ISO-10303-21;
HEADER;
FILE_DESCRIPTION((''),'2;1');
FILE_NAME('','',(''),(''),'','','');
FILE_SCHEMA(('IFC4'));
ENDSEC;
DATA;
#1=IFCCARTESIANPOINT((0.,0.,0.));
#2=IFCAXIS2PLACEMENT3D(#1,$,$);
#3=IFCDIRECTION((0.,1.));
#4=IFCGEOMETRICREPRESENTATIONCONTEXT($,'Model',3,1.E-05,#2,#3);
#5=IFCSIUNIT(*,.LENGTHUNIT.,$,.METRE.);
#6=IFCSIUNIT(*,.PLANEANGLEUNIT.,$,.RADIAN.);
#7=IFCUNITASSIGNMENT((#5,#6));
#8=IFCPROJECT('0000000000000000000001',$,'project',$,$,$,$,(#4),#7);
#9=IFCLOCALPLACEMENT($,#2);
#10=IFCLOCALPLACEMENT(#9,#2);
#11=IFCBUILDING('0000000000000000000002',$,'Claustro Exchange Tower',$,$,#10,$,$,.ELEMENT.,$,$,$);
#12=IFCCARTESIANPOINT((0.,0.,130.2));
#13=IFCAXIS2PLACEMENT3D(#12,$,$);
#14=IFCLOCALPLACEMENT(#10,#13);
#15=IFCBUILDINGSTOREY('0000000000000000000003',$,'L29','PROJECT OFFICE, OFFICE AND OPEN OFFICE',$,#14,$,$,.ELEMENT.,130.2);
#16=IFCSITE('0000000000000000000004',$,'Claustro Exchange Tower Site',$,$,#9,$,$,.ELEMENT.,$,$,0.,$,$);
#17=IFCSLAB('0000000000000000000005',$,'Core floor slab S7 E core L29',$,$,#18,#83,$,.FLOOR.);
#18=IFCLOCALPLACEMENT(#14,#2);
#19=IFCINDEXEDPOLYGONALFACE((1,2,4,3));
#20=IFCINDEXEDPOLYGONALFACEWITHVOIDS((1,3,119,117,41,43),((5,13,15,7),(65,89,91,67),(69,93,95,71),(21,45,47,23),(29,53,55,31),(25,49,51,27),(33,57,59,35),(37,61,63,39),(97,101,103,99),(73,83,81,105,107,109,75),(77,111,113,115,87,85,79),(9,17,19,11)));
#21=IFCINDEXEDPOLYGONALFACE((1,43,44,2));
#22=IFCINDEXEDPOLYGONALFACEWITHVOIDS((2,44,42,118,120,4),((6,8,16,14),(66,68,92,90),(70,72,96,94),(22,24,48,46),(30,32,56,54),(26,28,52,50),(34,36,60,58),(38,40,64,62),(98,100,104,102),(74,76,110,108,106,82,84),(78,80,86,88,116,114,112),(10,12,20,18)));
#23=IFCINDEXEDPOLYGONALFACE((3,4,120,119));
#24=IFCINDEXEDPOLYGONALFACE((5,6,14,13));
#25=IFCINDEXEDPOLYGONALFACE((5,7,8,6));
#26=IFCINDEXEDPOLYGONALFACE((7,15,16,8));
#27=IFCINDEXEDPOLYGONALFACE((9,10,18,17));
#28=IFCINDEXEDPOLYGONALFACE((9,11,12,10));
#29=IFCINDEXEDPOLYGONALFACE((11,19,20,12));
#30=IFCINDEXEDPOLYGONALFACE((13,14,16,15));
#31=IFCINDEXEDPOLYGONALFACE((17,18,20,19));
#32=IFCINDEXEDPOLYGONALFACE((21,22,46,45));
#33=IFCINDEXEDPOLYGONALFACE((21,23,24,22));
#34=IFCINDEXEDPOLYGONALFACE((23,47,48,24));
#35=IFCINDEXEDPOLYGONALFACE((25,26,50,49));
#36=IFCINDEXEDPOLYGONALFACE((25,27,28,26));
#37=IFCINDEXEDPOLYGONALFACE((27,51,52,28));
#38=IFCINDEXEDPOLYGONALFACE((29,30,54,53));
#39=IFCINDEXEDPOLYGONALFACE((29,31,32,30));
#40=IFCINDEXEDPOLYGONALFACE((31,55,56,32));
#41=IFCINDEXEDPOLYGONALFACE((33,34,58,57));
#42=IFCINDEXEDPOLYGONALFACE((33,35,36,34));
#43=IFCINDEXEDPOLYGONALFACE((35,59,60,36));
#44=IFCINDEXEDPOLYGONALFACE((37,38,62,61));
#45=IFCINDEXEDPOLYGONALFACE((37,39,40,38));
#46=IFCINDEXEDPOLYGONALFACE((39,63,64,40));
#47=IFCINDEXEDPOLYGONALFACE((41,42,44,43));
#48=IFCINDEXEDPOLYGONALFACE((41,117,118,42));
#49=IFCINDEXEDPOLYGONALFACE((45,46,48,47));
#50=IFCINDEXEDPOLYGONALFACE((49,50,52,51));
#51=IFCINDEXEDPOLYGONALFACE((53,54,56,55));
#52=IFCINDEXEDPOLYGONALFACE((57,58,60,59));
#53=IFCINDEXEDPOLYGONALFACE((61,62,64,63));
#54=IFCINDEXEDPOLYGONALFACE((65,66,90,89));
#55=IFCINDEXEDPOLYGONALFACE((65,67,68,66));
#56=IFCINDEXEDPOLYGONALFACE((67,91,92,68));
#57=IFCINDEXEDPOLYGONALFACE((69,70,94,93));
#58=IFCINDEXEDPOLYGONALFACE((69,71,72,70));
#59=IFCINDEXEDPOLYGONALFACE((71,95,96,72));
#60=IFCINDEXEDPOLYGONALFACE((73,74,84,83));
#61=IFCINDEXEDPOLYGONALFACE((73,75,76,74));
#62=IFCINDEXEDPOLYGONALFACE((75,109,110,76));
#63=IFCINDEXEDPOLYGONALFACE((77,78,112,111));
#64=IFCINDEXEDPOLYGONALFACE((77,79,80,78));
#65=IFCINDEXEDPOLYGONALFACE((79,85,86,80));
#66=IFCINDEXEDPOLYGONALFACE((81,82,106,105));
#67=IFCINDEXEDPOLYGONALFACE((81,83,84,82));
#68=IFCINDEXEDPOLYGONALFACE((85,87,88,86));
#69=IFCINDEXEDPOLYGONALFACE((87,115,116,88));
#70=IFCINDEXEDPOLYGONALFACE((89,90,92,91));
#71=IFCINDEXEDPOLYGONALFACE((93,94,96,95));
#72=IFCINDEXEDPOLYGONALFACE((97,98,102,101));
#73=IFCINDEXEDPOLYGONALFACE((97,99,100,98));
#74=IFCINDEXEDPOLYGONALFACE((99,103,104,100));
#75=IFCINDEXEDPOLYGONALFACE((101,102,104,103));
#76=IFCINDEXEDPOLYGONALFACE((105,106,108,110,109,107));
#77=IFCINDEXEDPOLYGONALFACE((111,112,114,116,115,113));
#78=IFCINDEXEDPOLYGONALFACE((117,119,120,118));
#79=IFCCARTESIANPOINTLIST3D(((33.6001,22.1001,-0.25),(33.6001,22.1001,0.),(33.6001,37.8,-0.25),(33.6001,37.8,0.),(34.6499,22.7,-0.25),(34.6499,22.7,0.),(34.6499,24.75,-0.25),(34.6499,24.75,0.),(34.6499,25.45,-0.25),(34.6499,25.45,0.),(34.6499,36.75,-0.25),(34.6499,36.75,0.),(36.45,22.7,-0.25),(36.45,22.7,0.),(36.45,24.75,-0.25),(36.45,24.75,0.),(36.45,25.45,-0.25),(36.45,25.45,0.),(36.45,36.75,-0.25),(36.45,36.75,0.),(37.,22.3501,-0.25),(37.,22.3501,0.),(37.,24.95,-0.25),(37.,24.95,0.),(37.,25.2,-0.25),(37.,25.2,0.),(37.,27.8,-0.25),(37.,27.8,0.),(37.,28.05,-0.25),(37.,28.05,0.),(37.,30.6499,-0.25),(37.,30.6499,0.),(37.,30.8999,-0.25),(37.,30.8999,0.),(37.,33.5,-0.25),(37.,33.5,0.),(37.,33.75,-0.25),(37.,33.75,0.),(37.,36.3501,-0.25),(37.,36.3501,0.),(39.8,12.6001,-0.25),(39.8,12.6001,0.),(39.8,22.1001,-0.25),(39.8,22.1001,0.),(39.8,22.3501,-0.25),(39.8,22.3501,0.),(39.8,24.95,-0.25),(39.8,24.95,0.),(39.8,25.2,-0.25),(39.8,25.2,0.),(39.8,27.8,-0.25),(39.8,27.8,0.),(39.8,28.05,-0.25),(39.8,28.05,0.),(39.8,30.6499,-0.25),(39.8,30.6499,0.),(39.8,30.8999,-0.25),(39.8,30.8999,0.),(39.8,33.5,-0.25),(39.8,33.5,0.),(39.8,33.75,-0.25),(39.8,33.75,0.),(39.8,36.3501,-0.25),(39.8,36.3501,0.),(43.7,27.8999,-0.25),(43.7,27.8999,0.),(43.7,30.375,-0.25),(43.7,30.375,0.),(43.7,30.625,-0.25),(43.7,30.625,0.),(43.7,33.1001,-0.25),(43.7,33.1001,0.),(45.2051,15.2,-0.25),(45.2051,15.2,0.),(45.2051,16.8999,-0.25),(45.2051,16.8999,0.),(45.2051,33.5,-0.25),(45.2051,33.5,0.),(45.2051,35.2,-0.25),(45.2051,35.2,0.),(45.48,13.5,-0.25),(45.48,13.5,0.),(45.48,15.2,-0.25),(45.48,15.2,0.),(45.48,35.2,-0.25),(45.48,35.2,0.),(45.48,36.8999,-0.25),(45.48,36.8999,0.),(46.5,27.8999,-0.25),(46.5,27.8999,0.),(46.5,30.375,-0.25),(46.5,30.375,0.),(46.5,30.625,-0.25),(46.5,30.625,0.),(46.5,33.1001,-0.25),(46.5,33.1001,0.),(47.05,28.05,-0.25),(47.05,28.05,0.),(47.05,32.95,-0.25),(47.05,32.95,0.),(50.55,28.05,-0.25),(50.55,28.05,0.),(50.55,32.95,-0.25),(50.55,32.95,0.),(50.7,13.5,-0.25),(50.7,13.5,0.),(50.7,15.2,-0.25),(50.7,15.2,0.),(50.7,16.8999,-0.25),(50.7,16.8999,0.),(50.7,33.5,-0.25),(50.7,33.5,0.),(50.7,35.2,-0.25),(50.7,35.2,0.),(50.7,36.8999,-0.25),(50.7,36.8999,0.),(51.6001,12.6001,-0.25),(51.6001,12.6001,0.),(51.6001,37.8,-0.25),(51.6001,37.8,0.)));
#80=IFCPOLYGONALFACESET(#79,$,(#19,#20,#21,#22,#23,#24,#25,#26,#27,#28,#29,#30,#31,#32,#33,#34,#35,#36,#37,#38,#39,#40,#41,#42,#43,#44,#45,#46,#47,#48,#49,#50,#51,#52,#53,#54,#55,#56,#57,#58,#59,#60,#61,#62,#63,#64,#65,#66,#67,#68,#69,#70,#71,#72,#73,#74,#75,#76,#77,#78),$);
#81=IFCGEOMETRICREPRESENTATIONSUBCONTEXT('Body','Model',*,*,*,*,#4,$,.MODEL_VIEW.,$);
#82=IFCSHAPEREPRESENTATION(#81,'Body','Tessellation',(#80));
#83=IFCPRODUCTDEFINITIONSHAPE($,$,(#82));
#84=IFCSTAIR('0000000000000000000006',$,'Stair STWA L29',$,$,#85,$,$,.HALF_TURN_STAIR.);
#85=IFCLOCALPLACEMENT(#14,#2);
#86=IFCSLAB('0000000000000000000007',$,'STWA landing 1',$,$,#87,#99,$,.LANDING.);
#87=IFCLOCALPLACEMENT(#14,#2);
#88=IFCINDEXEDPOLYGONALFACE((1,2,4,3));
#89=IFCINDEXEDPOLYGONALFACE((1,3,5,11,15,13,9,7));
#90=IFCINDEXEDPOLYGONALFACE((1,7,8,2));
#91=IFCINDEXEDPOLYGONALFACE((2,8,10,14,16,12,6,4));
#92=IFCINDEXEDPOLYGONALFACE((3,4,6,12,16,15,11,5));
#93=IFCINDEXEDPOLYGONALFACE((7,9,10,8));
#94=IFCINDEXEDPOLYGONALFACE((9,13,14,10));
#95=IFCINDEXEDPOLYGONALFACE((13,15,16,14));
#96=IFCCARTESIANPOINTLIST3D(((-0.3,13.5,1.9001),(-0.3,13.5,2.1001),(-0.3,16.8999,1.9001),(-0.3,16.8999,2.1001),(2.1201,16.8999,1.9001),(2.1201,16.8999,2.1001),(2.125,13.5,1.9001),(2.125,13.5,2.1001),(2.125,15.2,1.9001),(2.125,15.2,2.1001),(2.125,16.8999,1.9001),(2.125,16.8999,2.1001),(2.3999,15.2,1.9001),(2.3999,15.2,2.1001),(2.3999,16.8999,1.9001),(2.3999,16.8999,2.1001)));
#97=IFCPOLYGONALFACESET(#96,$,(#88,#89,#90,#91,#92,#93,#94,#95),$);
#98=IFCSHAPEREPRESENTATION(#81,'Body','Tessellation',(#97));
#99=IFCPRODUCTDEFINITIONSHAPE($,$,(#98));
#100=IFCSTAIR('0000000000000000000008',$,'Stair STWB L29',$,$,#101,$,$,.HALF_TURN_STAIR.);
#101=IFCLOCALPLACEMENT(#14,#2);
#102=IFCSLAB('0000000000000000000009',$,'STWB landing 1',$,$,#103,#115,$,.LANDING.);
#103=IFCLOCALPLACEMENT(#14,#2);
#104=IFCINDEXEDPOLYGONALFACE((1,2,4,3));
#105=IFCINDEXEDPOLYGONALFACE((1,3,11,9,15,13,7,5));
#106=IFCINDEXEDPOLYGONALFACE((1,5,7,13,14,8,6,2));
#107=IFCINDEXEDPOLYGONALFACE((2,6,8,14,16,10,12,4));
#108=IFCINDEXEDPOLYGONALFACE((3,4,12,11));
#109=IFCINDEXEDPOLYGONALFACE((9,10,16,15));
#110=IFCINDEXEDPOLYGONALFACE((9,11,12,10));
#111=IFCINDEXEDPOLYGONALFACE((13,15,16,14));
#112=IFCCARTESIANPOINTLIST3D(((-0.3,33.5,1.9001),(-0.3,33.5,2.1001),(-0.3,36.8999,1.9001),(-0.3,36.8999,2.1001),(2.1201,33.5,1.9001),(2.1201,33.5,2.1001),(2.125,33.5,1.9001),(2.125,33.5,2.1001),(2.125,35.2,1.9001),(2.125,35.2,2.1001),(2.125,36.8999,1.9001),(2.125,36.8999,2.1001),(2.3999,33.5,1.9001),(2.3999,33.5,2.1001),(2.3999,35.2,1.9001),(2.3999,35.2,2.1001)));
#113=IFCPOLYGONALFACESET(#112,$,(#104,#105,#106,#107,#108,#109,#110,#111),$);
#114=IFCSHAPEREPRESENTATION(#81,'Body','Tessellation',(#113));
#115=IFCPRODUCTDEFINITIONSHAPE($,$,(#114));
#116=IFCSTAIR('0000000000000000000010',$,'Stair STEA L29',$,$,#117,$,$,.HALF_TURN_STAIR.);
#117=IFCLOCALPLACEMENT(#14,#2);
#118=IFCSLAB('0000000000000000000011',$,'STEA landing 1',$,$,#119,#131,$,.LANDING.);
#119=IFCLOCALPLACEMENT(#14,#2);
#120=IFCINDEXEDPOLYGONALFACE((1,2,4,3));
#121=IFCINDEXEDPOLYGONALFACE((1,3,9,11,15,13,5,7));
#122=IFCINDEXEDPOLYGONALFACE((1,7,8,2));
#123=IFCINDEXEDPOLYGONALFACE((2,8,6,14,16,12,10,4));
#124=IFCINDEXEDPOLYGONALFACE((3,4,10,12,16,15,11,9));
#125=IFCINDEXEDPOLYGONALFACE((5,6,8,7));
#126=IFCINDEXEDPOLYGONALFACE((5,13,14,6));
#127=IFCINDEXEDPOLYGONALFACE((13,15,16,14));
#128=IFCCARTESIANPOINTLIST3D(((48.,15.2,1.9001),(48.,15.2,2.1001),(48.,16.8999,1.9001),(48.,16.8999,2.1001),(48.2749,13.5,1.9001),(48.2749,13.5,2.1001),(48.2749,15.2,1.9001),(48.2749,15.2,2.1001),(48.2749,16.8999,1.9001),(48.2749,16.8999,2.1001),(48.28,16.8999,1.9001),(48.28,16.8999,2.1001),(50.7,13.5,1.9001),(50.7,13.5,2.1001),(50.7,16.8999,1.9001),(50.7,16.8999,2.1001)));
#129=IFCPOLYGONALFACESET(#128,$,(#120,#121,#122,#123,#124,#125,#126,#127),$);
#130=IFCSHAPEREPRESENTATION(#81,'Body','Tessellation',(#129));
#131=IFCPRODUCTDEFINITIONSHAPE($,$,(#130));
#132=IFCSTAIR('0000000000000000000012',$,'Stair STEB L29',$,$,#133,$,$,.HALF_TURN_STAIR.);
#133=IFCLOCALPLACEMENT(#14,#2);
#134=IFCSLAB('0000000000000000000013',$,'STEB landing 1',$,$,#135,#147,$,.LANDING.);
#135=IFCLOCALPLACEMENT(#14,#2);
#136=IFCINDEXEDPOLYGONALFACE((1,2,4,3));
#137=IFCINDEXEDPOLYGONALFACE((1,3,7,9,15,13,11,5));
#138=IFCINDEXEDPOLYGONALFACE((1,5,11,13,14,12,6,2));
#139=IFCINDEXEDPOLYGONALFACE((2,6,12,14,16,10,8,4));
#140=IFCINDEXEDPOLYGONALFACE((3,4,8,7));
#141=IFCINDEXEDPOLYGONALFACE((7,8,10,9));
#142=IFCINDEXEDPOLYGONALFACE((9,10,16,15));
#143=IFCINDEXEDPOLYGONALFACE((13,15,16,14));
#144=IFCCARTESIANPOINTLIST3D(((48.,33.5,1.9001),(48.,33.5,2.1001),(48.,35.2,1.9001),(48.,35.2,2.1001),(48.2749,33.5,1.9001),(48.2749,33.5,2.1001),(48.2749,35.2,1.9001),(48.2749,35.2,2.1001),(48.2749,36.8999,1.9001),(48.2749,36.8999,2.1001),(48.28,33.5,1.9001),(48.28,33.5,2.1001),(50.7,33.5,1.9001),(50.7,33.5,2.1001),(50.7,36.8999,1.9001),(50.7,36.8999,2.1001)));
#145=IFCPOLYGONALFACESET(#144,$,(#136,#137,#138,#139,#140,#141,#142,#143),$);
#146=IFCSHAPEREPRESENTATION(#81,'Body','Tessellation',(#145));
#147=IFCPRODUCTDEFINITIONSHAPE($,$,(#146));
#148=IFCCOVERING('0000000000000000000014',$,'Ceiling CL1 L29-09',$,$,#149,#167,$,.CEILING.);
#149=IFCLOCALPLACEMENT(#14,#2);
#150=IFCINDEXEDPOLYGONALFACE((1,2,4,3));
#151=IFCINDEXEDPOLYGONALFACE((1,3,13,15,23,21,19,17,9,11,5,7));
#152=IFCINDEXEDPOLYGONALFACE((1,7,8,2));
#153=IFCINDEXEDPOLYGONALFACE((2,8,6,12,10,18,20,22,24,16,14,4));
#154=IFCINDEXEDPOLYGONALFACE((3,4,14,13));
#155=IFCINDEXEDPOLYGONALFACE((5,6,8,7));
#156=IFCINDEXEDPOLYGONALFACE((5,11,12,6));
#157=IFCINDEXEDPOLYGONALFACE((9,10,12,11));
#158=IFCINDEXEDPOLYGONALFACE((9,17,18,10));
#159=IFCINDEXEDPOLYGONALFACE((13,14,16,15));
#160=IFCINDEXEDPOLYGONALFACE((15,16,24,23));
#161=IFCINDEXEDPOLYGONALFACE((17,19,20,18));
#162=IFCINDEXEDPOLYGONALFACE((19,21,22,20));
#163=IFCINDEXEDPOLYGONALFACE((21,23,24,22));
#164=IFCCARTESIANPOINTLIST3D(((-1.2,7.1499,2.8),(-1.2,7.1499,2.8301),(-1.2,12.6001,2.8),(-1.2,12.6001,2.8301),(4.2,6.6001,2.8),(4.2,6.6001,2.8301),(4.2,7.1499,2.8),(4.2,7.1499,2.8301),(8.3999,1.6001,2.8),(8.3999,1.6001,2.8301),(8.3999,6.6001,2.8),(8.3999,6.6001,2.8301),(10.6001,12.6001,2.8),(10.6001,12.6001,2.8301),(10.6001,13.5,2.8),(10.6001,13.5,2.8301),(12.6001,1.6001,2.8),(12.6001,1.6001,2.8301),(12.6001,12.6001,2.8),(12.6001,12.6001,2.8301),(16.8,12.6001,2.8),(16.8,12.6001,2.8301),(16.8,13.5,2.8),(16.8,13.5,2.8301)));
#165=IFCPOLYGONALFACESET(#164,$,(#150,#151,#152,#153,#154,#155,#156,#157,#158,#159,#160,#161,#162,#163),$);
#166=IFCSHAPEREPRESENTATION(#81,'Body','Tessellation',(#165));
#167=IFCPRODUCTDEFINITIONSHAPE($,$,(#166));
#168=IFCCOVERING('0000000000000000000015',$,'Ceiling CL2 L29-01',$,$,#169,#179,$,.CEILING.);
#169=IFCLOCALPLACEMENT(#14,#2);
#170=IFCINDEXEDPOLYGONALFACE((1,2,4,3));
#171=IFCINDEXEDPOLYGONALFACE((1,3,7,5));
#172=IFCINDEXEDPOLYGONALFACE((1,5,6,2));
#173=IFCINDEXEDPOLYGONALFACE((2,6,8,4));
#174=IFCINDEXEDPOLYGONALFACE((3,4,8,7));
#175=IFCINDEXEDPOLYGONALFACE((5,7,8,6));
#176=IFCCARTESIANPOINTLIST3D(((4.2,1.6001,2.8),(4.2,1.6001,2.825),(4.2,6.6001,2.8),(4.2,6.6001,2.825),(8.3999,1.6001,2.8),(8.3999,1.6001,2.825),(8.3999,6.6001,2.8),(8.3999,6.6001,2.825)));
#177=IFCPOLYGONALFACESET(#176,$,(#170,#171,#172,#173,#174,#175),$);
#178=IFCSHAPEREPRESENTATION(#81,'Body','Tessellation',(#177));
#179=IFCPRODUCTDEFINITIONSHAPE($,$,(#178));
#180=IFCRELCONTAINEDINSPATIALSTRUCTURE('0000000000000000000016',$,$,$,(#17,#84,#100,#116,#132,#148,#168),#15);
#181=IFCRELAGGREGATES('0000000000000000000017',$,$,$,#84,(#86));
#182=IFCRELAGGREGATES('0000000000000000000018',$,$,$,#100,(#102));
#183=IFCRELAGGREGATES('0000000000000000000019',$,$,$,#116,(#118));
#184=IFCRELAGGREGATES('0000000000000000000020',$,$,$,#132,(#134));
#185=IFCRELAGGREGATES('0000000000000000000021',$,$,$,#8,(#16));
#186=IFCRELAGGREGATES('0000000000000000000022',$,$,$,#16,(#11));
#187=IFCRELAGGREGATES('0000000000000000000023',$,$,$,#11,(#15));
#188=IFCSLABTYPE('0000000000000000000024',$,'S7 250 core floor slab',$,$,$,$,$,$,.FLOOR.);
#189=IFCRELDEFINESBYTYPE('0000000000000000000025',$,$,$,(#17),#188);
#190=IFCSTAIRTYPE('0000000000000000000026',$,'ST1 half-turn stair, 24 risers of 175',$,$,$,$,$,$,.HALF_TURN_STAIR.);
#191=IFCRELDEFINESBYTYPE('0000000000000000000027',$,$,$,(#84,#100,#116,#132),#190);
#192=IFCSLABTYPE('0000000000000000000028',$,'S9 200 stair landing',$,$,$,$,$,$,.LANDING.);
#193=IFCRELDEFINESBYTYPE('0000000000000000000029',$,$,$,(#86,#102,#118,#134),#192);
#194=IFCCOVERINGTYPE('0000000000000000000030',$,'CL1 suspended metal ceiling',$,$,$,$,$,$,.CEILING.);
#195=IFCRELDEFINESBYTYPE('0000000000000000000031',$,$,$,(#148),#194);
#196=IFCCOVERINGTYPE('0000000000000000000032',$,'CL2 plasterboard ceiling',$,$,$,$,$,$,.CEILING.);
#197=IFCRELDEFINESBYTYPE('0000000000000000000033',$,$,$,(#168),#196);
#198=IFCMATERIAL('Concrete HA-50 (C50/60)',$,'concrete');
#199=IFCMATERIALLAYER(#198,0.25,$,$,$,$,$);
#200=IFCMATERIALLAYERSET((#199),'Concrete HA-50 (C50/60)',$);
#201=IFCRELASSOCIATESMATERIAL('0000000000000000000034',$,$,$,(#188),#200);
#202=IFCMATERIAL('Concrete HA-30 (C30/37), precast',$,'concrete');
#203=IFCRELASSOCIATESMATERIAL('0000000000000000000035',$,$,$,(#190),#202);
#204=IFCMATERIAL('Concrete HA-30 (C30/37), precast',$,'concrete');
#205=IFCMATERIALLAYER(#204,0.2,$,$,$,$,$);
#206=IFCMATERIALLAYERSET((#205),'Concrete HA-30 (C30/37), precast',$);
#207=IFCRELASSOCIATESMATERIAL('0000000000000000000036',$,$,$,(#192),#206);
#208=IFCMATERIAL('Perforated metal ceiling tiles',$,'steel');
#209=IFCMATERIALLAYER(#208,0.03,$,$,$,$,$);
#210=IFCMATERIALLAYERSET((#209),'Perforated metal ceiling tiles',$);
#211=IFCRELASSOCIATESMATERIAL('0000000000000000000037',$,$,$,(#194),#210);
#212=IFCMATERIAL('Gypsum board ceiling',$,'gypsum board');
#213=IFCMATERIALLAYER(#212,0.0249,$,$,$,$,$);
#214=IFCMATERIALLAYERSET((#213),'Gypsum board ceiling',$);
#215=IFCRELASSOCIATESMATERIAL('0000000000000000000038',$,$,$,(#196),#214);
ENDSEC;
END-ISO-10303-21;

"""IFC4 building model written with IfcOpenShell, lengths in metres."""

from ifc_helpers import new_model, si_unit, direction, frame, origin, place, context, subcontext, project, spatial, polyline, outline, extrude, material, layer, layer_set, type_object, element, aggregate, save


model = new_model("IFC4")

# Units and contexts
model_context = context("Model", 3, precision=1e-05, world=origin(), true_north=direction((0.0, 1.0)))
body_context = subcontext(model_context, "Body", "Model", "MODEL_VIEW")
ifc_project = project(units=[si_unit("LENGTHUNIT", "METRE"), si_unit("PLANEANGLEUNIT", "RADIAN")], contexts=[model_context])

# Site, building, storey
site_placement = place(None, origin())
site = spatial("IfcSite", under=ifc_project, at=site_placement, Name="Claustro Exchange Tower Site", CompositionType="ELEMENT", RefElevation=0.0)
building_placement = place(site_placement, origin())
building = spatial("IfcBuilding", under=site, at=building_placement, Name="Claustro Exchange Tower", CompositionType="ELEMENT")
storey_placement = place(building_placement, frame((0.0, 0.0, 130.2)))
storey = spatial("IfcBuildingStorey", under=building, at=storey_placement, Name="L29", Description="PROJECT OFFICE, OFFICE AND OPEN OFFICE", CompositionType="ELEMENT", Elevation=130.2)

# Slab
ifc_material_1 = material(Name="Concrete HA-50 (C50/60)", Category="concrete")
ifc_layer_1 = layer(ifc_material_1, 0.25)
ifc_layer_set_1 = layer_set([ifc_layer_1], Name="Concrete HA-50 (C50/60)")
slab_type_1 = type_object("IfcSlabType", Name="S7 250 core floor slab", PredefinedType="FLOOR", material=ifc_layer_set_1)
slab_1_placement = place(storey_placement, frame((0.0, 0.0, -0.25)))
element("IfcSlab", 1, at=slab_1_placement, inside=storey, type_object=slab_type_1, Name="Core floor slab S7 E core L29", PredefinedType="FLOOR", context=body_context, shape_type="SweptSolid", body=[
    extrude(outline(polyline([(51.6001, 37.8), (33.6001, 37.8), (33.6001, 22.1001), (39.8, 22.1001), (39.8, 12.6001), (51.6001, 12.6001), (51.6001, 37.8)]), holes=[polyline([(45.48, 15.2), (45.2051, 15.2), (45.2051, 16.8999), (50.7, 16.8999), (50.7, 15.2), (50.7, 13.5), (45.48, 13.5), (45.48, 15.2)]), polyline([(45.48, 35.2), (45.48, 36.8999), (50.7, 36.8999), (50.7, 35.2), (50.7, 33.5), (45.2051, 33.5), (45.2051, 35.2), (45.48, 35.2)]), polyline([(50.55, 32.95), (50.55, 28.05), (47.05, 28.05), (47.05, 32.95), (50.55, 32.95)]), polyline([(43.7, 33.1001), (46.5, 33.1001), (46.5, 30.625), (43.7, 30.625), (43.7, 33.1001)]), polyline([(46.5, 30.375), (46.5, 27.8999), (43.7, 27.8999), (43.7, 30.375), (46.5, 30.375)]), polyline([(37.0, 24.95), (39.8, 24.95), (39.8, 22.3501), (37.0, 22.3501), (37.0, 24.95)]), polyline([(37.0, 30.6499), (39.8, 30.6499), (39.8, 28.05), (37.0, 28.05), (37.0, 30.6499)]), polyline([(39.8, 27.8), (39.8, 25.2), (37.0, 25.2), (37.0, 27.8), (39.8, 27.8)]), polyline([(39.8, 33.5), (39.8, 30.8999), (37.0, 30.8999), (37.0, 33.5), (39.8, 33.5)]), polyline([(39.8, 36.3501), (39.8, 33.75), (37.0, 33.75), (37.0, 36.3501), (39.8, 36.3501)]), polyline([(36.45, 24.75), (36.45, 22.7), (34.6499, 22.7), (34.6499, 24.75), (36.45, 24.75)]), polyline([(36.45, 36.75), (36.45, 25.45), (34.6499, 25.45), (34.6499, 36.75), (36.45, 36.75)])]), origin(), (0.0, 0.0, 1.0), 0.25),
])

# Stairs, slabs
ifc_material_2 = material(Name="Concrete HA-30 (C30/37), precast", Category="concrete")
stair_type = type_object("IfcStairType", Name="ST1 half-turn stair, 24 risers of 175", PredefinedType="HALF_TURN_STAIR", material=ifc_material_2)
stair_1_placement = place(storey_placement, origin())
stair_1 = element("IfcStair", 2, at=stair_1_placement, inside=storey, type_object=stair_type, Name="Stair STWA L29", PredefinedType="HALF_TURN_STAIR")
ifc_material_3 = material(Name="Concrete HA-30 (C30/37), precast", Category="concrete")
ifc_layer_2 = layer(ifc_material_3, 0.2)
ifc_layer_set_2 = layer_set([ifc_layer_2], Name="Concrete HA-30 (C30/37), precast")
slab_type_2 = type_object("IfcSlabType", Name="S9 200 stair landing", PredefinedType="LANDING", material=ifc_layer_set_2)
slab_2_placement = place(storey_placement, frame((0.0, 0.0, 1.9001)))
slab_2 = element("IfcSlab", 3, at=slab_2_placement, type_object=slab_type_2, Name="STWA landing 1", PredefinedType="LANDING", context=body_context, shape_type="SweptSolid", body=[
    extrude(outline(polyline([(2.125, 13.5), (-0.3, 13.5), (-0.3, 16.8999), (2.1201, 16.8999), (2.125, 16.8999), (2.3999, 16.8999), (2.3999, 15.2), (2.125, 15.2), (2.125, 13.5)])), origin(), (0.0, 0.0, 1.0), 0.2),
])
aggregate(stair_1, [slab_2])
stair_2_placement = place(storey_placement, origin())
stair_2 = element("IfcStair", 4, at=stair_2_placement, inside=storey, type_object=stair_type, Name="Stair STWB L29", PredefinedType="HALF_TURN_STAIR")
slab_3_placement = place(storey_placement, frame((0.0, 0.0, 1.9001)))
slab_3 = element("IfcSlab", 5, at=slab_3_placement, type_object=slab_type_2, Name="STWB landing 1", PredefinedType="LANDING", context=body_context, shape_type="SweptSolid", body=[
    extrude(outline(polyline([(2.3999, 35.2), (2.3999, 33.5), (2.125, 33.5), (2.1201, 33.5), (-0.3, 33.5), (-0.3, 36.8999), (2.125, 36.8999), (2.125, 35.2), (2.3999, 35.2)])), origin(), (0.0, 0.0, 1.0), 0.2),
])
aggregate(stair_2, [slab_3])
stair_3_placement = place(storey_placement, origin())
stair_3 = element("IfcStair", 6, at=stair_3_placement, inside=storey, type_object=stair_type, Name="Stair STEA L29", PredefinedType="HALF_TURN_STAIR")
slab_4_placement = place(storey_placement, frame((0.0, 0.0, 1.9001)))
slab_4 = element("IfcSlab", 7, at=slab_4_placement, type_object=slab_type_2, Name="STEA landing 1", PredefinedType="LANDING", context=body_context, shape_type="SweptSolid", body=[
    extrude(outline(polyline([(50.7, 16.8999), (50.7, 13.5), (48.2749, 13.5), (48.2749, 15.2), (48.0, 15.2), (48.0, 16.8999), (48.2749, 16.8999), (48.28, 16.8999), (50.7, 16.8999)])), origin(), (0.0, 0.0, 1.0), 0.2),
])
aggregate(stair_3, [slab_4])
stair_4_placement = place(storey_placement, origin())
stair_4 = element("IfcStair", 8, at=stair_4_placement, inside=storey, type_object=stair_type, Name="Stair STEB L29", PredefinedType="HALF_TURN_STAIR")
slab_5_placement = place(storey_placement, frame((0.0, 0.0, 1.9001)))
slab_5 = element("IfcSlab", 9, at=slab_5_placement, type_object=slab_type_2, Name="STEB landing 1", PredefinedType="LANDING", context=body_context, shape_type="SweptSolid", body=[
    extrude(outline(polyline([(48.0, 33.5), (48.0, 35.2), (48.2749, 35.2), (48.2749, 36.8999), (50.7, 36.8999), (50.7, 33.5), (48.28, 33.5), (48.2749, 33.5), (48.0, 33.5)])), origin(), (0.0, 0.0, 1.0), 0.2),
])
aggregate(stair_4, [slab_5])

# Coverings
ifc_material_4 = material(Name="Perforated metal ceiling tiles", Category="steel")
ifc_layer_3 = layer(ifc_material_4, 0.03)
ifc_layer_set_3 = layer_set([ifc_layer_3], Name="Perforated metal ceiling tiles")
covering_type_1 = type_object("IfcCoveringType", Name="CL1 suspended metal ceiling", PredefinedType="CEILING", material=ifc_layer_set_3)
covering_1_placement = place(storey_placement, frame((0.0, 0.0, 2.8)))
element("IfcCovering", 10, at=covering_1_placement, inside=storey, type_object=covering_type_1, Name="Ceiling CL1 L29-09", PredefinedType="CEILING", context=body_context, shape_type="SweptSolid", body=[
    extrude(outline(polyline([(10.6001, 12.6001), (-1.2, 12.6001), (-1.2, 7.1499), (4.2, 7.1499), (4.2, 6.6001), (8.3999, 6.6001), (8.3999, 1.6001), (12.6001, 1.6001), (12.6001, 12.6001), (16.8, 12.6001), (16.8, 13.5), (10.6001, 13.5), (10.6001, 12.6001)])), origin(), (0.0, 0.0, 1.0), 0.03),
])
ifc_material_5 = material(Name="Gypsum board ceiling", Category="gypsum board")
ifc_layer_4 = layer(ifc_material_5, 0.0249)
ifc_layer_set_4 = layer_set([ifc_layer_4], Name="Gypsum board ceiling")
covering_type_2 = type_object("IfcCoveringType", Name="CL2 plasterboard ceiling", PredefinedType="CEILING", material=ifc_layer_set_4)
covering_2_placement = place(storey_placement, frame((0.0, 0.0, 2.8)))
element("IfcCovering", 11, at=covering_2_placement, inside=storey, type_object=covering_type_2, Name="Ceiling CL2 L29-01", PredefinedType="CEILING", context=body_context, shape_type="SweptSolid", body=[
    extrude(outline(polyline([(4.2, 1.6001), (8.3999, 1.6001), (8.3999, 6.6001), (4.2, 6.6001), (4.2, 1.6001)])), origin(), (0.0, 0.0, 1.0), 0.0249),
])

save(model, "model.ifc")
